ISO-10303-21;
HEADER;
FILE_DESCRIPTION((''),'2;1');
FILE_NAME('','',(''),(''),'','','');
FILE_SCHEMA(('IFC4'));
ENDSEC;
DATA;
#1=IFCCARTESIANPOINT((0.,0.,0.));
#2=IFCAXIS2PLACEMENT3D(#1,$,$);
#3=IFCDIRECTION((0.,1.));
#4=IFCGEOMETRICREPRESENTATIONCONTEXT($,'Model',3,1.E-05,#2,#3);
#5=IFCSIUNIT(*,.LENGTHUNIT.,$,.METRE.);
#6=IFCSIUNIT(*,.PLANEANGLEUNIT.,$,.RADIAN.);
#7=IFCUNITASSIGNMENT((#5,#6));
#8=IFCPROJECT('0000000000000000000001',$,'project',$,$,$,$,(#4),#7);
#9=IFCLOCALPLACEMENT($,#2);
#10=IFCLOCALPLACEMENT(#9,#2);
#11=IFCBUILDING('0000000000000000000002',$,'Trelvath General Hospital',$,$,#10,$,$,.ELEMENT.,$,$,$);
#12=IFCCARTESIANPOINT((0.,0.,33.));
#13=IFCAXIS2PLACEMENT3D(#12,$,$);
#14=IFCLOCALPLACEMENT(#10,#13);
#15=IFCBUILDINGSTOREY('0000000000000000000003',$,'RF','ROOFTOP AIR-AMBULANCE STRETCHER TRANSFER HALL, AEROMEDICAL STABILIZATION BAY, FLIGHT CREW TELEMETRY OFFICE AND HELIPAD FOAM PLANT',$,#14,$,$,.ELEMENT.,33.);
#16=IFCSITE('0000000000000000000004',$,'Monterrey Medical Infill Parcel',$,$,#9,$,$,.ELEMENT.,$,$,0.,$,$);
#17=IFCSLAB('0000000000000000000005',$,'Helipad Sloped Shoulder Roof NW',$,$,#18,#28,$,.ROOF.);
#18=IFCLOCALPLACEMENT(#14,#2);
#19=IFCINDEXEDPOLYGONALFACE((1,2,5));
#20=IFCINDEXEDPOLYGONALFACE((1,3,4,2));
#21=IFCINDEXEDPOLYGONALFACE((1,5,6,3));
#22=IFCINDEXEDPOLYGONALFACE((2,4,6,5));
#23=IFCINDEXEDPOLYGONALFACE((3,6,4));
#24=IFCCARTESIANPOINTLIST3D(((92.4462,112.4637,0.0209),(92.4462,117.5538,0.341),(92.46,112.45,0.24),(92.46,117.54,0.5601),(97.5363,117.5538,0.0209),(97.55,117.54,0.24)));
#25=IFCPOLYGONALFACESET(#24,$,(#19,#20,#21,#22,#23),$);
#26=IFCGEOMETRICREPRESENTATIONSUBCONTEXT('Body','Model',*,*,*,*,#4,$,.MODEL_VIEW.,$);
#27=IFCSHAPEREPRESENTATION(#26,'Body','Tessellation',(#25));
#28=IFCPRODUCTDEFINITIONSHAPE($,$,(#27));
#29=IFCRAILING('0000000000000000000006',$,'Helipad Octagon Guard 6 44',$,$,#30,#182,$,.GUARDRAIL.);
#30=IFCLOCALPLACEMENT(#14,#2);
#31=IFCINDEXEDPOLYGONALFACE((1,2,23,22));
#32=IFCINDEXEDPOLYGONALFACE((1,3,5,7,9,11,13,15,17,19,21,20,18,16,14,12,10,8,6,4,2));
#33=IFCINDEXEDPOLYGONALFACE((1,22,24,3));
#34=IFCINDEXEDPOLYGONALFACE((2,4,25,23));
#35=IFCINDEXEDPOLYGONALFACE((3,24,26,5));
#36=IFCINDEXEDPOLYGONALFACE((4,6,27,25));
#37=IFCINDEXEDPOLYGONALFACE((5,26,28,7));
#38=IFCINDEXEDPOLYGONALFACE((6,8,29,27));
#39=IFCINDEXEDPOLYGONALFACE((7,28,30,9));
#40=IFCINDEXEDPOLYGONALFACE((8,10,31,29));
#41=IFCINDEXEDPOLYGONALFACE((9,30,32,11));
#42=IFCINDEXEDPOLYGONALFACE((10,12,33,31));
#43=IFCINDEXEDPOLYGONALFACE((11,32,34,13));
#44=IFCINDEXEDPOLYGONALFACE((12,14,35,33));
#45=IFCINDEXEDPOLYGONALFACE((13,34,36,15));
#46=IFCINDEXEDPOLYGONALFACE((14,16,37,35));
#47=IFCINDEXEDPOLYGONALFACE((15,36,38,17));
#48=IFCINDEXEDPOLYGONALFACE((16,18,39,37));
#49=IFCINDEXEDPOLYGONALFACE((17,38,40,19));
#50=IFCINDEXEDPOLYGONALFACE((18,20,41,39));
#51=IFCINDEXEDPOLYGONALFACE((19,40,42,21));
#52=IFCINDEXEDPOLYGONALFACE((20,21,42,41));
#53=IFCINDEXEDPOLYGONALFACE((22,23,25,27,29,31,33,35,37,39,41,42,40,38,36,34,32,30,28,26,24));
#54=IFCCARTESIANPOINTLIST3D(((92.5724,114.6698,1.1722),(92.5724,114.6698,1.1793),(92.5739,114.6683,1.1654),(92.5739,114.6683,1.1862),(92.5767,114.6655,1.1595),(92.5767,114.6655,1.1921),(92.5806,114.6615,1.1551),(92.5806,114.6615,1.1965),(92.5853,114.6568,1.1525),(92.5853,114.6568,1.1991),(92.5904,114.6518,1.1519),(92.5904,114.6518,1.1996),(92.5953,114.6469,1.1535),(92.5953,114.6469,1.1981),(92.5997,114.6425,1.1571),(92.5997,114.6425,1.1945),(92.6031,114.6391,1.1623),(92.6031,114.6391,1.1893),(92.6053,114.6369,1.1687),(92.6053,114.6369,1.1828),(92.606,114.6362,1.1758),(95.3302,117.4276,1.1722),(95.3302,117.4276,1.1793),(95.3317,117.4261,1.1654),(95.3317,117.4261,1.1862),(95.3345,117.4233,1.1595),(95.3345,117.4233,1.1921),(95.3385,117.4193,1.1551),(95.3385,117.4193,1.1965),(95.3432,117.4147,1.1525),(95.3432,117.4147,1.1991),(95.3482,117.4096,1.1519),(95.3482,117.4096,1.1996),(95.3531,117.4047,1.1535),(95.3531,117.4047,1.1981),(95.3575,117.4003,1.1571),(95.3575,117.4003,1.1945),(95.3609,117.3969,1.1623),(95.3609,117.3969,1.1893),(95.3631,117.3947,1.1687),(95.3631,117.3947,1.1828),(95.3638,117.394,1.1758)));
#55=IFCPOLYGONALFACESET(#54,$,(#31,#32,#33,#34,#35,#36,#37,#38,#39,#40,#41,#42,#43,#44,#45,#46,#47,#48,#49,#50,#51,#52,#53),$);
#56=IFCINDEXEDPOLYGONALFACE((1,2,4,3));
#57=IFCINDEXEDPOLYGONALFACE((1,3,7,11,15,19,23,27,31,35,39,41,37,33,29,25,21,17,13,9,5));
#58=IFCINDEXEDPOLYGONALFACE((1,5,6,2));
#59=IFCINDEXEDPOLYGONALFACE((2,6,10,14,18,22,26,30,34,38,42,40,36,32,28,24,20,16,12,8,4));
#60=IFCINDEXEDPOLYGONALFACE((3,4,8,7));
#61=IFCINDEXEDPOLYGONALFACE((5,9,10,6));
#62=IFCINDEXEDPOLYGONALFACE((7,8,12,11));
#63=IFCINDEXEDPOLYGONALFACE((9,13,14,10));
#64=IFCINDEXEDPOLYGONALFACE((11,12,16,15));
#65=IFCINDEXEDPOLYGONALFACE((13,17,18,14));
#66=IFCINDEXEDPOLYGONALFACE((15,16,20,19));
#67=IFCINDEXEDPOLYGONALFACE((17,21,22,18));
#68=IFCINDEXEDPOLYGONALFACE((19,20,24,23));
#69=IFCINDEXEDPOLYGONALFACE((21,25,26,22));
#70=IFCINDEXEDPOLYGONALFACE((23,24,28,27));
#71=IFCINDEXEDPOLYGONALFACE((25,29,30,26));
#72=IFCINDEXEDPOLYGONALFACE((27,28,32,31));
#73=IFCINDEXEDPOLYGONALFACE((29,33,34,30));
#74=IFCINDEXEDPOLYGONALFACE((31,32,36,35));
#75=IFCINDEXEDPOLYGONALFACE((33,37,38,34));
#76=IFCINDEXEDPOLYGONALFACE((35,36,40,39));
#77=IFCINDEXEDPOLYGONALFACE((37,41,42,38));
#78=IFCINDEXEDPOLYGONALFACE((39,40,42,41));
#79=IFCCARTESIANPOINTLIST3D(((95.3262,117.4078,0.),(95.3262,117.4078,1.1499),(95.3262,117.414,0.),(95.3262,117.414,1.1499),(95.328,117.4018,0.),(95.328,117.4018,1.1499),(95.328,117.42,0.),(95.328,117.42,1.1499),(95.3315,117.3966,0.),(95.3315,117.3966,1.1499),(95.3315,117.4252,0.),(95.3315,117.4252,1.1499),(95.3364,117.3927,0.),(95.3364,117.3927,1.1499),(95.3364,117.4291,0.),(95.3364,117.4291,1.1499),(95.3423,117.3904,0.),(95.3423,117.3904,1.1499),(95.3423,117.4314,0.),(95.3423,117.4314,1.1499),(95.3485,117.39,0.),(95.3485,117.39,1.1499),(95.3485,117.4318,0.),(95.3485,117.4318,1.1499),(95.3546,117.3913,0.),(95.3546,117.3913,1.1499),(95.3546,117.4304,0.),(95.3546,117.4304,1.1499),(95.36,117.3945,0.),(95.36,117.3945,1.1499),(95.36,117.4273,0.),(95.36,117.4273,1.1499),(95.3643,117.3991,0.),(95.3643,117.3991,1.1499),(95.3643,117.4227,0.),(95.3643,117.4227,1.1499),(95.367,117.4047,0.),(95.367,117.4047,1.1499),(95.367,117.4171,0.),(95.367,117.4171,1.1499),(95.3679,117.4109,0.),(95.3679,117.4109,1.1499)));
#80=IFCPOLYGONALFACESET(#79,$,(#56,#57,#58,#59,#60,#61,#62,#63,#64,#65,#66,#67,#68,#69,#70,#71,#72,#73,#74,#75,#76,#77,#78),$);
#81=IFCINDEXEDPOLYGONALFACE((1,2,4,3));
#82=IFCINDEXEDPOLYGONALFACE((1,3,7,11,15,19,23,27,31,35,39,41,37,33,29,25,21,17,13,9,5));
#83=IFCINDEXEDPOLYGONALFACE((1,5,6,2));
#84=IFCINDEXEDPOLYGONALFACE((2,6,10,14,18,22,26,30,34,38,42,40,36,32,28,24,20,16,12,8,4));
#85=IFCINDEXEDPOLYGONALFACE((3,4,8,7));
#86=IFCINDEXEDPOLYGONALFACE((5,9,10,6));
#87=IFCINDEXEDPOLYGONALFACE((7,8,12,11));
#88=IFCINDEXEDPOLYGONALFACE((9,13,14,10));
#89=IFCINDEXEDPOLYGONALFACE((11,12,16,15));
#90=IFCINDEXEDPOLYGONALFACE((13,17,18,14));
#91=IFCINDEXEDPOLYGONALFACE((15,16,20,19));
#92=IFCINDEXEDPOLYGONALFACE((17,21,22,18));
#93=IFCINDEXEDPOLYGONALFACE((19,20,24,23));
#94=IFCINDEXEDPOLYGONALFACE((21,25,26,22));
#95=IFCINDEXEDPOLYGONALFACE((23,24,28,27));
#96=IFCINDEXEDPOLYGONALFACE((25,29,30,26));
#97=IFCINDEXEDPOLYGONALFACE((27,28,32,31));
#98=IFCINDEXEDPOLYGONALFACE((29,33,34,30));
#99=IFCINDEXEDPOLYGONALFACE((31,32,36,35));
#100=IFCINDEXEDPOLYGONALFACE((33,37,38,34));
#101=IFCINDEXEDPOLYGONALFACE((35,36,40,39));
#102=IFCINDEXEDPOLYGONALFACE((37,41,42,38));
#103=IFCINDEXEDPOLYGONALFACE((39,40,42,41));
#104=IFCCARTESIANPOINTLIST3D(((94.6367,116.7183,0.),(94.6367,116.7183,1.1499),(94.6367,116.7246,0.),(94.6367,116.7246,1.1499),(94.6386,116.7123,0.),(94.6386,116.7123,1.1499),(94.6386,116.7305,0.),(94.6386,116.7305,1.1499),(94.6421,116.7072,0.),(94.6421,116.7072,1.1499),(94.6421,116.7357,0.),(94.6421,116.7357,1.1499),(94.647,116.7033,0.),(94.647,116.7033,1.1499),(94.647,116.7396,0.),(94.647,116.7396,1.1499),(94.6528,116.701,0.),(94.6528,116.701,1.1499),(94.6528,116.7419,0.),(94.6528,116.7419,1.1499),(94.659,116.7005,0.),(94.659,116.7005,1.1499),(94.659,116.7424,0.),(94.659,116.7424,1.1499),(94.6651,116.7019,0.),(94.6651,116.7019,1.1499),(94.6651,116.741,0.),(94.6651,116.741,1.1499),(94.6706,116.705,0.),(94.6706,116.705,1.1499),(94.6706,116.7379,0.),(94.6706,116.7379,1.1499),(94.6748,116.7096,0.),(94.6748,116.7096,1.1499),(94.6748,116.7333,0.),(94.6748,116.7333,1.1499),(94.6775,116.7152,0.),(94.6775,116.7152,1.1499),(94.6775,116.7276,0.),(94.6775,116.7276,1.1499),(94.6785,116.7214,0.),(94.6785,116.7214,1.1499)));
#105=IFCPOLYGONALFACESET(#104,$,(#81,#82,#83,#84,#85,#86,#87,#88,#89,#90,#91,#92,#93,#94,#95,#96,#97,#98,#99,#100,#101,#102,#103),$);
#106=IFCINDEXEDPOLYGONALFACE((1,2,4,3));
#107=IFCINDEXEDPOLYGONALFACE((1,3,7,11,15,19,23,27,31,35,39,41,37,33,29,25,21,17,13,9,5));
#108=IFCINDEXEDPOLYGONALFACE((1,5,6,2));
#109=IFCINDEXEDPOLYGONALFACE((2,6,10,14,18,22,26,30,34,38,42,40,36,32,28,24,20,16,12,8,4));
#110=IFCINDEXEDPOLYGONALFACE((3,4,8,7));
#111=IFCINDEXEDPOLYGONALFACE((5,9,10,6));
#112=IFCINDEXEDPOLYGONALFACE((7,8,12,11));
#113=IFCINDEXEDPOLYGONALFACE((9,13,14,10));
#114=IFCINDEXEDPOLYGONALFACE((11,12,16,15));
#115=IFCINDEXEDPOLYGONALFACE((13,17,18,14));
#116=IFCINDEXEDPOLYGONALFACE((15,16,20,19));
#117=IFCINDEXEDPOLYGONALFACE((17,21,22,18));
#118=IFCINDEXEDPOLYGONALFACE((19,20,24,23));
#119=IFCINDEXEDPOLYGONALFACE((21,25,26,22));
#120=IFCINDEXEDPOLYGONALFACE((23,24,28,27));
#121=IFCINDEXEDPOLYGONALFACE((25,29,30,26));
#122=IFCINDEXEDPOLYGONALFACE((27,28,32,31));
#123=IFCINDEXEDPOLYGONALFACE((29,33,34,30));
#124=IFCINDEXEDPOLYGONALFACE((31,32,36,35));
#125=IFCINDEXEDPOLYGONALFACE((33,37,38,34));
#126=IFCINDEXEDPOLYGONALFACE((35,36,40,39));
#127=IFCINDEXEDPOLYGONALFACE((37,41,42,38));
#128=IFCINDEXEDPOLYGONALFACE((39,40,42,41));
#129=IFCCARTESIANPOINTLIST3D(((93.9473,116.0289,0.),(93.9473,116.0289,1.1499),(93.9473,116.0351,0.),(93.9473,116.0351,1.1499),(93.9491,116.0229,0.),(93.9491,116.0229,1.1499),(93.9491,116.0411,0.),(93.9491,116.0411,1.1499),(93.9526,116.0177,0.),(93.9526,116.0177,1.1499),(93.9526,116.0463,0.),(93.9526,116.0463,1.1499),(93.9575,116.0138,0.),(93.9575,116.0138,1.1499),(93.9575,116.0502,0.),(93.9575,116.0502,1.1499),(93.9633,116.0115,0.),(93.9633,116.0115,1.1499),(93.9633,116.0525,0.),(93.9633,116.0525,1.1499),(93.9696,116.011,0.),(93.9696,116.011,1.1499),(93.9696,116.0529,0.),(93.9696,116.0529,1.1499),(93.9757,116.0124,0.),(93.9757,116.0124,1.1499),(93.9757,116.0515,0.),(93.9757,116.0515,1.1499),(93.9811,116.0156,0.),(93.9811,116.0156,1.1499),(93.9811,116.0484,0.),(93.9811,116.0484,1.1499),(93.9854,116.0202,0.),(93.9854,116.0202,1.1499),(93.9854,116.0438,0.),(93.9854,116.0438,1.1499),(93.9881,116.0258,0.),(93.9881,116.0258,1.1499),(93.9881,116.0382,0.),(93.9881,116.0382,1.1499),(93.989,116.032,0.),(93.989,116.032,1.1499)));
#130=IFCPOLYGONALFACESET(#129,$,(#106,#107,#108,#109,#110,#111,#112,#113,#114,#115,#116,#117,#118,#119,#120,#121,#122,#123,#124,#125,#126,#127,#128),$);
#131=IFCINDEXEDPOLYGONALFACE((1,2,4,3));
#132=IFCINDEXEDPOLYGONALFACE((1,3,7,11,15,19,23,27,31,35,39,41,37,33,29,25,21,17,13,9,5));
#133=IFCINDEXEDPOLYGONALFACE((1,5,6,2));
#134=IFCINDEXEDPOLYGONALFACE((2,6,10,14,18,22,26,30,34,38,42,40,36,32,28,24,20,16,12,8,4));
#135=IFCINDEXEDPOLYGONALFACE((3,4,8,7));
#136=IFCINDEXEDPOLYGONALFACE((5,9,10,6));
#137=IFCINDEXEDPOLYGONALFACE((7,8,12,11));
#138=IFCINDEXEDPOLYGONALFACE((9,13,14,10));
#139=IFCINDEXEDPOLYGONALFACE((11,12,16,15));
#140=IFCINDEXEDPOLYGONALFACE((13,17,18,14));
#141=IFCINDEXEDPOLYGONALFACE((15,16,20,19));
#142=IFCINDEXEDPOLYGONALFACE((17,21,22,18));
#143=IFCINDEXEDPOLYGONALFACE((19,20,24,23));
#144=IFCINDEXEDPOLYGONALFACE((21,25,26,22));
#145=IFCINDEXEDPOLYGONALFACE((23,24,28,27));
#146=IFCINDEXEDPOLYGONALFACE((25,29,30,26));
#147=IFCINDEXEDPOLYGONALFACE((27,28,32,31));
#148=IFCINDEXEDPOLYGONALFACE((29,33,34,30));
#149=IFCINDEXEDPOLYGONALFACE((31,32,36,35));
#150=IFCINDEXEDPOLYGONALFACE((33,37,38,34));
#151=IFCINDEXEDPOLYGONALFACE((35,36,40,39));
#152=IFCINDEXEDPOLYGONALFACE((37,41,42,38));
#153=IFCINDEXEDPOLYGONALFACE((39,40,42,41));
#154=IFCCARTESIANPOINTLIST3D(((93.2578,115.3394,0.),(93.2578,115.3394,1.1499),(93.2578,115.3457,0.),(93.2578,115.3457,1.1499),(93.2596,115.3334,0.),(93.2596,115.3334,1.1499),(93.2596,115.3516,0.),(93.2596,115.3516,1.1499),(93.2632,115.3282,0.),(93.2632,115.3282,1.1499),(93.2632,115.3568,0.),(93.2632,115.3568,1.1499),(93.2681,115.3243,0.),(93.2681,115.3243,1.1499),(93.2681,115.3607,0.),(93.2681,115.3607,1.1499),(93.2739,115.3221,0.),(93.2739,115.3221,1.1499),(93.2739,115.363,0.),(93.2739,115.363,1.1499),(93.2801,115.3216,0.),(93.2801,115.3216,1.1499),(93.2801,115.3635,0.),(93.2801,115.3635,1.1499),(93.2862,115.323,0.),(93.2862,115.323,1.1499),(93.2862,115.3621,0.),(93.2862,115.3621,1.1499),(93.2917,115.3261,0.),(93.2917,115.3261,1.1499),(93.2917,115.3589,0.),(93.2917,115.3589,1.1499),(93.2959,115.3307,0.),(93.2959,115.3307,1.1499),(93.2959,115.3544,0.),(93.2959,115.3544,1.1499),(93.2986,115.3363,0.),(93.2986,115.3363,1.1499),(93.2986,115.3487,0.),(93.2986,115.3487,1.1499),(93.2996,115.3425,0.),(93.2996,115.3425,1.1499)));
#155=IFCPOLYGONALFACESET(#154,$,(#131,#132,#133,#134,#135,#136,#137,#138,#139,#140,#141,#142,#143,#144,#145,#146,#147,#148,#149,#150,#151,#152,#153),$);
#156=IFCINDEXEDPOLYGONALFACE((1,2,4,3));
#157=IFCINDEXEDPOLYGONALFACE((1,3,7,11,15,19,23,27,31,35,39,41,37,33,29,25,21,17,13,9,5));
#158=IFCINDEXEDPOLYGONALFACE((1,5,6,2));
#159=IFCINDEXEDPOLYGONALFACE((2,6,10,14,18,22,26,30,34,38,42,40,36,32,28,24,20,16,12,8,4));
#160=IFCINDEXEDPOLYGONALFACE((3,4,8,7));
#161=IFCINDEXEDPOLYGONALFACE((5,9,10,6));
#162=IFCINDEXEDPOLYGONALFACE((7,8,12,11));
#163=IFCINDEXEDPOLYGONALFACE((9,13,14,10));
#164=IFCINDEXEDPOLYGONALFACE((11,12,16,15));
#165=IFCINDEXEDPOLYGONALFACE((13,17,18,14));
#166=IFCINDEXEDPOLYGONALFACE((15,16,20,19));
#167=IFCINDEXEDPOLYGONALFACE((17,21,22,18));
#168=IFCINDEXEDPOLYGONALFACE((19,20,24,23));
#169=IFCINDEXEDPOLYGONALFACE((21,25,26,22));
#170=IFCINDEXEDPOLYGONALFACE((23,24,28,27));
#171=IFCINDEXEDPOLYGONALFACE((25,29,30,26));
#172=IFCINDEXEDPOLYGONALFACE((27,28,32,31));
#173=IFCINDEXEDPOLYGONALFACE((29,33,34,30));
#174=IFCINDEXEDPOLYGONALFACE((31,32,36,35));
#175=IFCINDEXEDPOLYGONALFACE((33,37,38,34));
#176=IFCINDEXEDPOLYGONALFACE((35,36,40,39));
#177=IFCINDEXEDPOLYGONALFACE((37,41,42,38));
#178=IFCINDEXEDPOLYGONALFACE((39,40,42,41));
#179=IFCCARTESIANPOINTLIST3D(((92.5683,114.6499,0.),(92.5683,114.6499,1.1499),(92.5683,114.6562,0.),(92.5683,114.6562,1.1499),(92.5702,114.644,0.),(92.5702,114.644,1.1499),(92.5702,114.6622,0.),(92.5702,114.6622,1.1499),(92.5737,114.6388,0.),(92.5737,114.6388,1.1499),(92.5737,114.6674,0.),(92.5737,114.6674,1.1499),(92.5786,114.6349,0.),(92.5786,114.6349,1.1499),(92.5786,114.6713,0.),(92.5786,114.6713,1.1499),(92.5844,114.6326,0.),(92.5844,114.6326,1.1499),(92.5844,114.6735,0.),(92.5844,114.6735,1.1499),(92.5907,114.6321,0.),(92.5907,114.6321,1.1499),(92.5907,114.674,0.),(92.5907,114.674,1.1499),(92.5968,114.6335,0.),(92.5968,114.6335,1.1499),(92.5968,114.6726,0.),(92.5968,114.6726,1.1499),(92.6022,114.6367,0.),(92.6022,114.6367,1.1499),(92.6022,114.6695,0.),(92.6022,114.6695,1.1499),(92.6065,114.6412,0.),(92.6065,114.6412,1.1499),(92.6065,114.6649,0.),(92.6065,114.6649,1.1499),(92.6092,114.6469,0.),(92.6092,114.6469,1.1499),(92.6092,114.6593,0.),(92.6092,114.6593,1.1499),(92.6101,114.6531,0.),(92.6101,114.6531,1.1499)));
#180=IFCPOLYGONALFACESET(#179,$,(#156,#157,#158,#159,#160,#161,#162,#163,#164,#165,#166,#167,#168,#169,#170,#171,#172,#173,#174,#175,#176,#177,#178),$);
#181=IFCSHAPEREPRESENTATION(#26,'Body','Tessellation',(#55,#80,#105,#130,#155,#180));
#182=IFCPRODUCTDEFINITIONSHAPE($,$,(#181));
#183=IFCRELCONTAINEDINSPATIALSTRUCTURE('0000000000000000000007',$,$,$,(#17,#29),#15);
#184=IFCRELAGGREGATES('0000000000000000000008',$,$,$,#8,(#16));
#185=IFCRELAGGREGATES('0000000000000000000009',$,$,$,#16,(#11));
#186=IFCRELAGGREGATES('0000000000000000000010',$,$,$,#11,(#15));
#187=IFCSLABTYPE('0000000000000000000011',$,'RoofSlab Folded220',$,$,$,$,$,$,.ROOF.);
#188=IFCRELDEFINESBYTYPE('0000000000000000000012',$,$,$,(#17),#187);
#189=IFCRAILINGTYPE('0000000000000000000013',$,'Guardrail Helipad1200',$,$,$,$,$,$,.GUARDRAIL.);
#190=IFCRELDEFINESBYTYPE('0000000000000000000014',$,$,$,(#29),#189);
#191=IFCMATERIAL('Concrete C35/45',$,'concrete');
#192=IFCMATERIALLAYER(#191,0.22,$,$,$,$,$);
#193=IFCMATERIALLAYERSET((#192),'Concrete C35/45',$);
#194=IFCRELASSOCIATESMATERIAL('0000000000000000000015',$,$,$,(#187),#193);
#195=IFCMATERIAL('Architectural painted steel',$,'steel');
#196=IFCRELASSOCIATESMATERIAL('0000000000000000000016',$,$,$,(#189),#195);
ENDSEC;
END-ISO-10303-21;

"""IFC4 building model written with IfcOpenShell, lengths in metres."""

from ifc_helpers import new_model, si_unit, direction, frame, origin, origin_2d, place, context, subcontext, project, spatial, polyline, circle, outline, extrude, material, layer, layer_set, type_object, element, save


model = new_model("IFC4")

# Units and contexts
model_context = context("Model", 3, precision=1e-05, world=origin(), true_north=direction((0.0, 1.0)))
body_context = subcontext(model_context, "Body", "Model", "MODEL_VIEW")
ifc_project = project(units=[si_unit("LENGTHUNIT", "METRE"), si_unit("PLANEANGLEUNIT", "RADIAN")], contexts=[model_context])

# Site, building, storey
site_placement = place(None, origin())
site = spatial("IfcSite", under=ifc_project, at=site_placement, Name="Monterrey Medical Infill Parcel", CompositionType="ELEMENT", RefElevation=0.0)
building_placement = place(site_placement, origin())
building = spatial("IfcBuilding", under=site, at=building_placement, Name="Trelvath General Hospital", CompositionType="ELEMENT")
storey_placement = place(building_placement, frame((0.0, 0.0, 33.0)))
storey = spatial("IfcBuildingStorey", under=building, at=storey_placement, Name="RF", Description="ROOFTOP AIR-AMBULANCE STRETCHER TRANSFER HALL, AEROMEDICAL STABILIZATION BAY, FLIGHT CREW TELEMETRY OFFICE AND HELIPAD FOAM PLANT", CompositionType="ELEMENT", Elevation=33.0)

# Slab
ifc_material_1 = material(Name="Concrete C35/45", Category="concrete")
ifc_layer_1 = layer(ifc_material_1, 0.22)
ifc_layer_set_1 = layer_set([ifc_layer_1], Name="Concrete C35/45")
slab_type = type_object("IfcSlabType", Name="RoofSlab Folded220", PredefinedType="ROOF", material=ifc_layer_set_1)
slab_placement = place(storey_placement, frame((92.46, 117.54, 0.5601), z_axis=(0.062634, -0.062634, 0.996069), x_axis=(0.998029, 0.0, -0.062757)))
element("IfcSlab", 1, at=slab_placement, inside=storey, type_object=slab_type, Name="Helipad Sloped Shoulder Roof NW", PredefinedType="ROOF", context=body_context, shape_type="SweptSolid", body=[
    extrude(outline(polyline([(0.0, 0.0), (5.1001, 0.0), (0.0201, -5.1001), (0.0, 0.0)])), origin(), (0.0, 0.0, -1.0), 0.22),
])

# Railing
ifc_material_2 = material(Name="Architectural painted steel", Category="steel")
railing_type = type_object("IfcRailingType", Name="Guardrail Helipad1200", PredefinedType="GUARDRAIL", material=ifc_material_2)
railing_1_placement = place(storey_placement, frame((95.3469, 117.4109, 0.0)))
element("IfcRailing", 2, at=railing_1_placement, inside=storey, type_object=railing_type, Name="Helipad Octagon Guard 6 44", PredefinedType="GUARDRAIL", context=body_context, shape_type="SweptSolid", body=[
    extrude(circle(Radius=0.0239, at=origin_2d()), frame((0.0, 0.0, 1.1758), z_axis=(-0.707107, -0.707107, 0.0), x_axis=(0.707107, -0.707107, 0.0)), (0.0, 0.0, 1.0), 3.9001),
    extrude(circle(Radius=0.021, at=origin_2d()), origin(), (0.0, 0.0, 1.0), 1.1499),
    extrude(circle(Radius=0.021, at=origin_2d()), frame((-0.6895, -0.6895, 0.0)), (0.0, 0.0, 1.0), 1.1499),
    extrude(circle(Radius=0.021, at=origin_2d()), frame((-1.3789, -1.3789, 0.0)), (0.0, 0.0, 1.0), 1.1499),
    extrude(circle(Radius=0.021, at=origin_2d()), frame((-2.0684, -2.0684, 0.0)), (0.0, 0.0, 1.0), 1.1499),
    extrude(circle(Radius=0.021, at=origin_2d()), frame((-2.7578, -2.7578, 0.0)), (0.0, 0.0, 1.0), 1.1499),
])

save(model, "model.ifc")
